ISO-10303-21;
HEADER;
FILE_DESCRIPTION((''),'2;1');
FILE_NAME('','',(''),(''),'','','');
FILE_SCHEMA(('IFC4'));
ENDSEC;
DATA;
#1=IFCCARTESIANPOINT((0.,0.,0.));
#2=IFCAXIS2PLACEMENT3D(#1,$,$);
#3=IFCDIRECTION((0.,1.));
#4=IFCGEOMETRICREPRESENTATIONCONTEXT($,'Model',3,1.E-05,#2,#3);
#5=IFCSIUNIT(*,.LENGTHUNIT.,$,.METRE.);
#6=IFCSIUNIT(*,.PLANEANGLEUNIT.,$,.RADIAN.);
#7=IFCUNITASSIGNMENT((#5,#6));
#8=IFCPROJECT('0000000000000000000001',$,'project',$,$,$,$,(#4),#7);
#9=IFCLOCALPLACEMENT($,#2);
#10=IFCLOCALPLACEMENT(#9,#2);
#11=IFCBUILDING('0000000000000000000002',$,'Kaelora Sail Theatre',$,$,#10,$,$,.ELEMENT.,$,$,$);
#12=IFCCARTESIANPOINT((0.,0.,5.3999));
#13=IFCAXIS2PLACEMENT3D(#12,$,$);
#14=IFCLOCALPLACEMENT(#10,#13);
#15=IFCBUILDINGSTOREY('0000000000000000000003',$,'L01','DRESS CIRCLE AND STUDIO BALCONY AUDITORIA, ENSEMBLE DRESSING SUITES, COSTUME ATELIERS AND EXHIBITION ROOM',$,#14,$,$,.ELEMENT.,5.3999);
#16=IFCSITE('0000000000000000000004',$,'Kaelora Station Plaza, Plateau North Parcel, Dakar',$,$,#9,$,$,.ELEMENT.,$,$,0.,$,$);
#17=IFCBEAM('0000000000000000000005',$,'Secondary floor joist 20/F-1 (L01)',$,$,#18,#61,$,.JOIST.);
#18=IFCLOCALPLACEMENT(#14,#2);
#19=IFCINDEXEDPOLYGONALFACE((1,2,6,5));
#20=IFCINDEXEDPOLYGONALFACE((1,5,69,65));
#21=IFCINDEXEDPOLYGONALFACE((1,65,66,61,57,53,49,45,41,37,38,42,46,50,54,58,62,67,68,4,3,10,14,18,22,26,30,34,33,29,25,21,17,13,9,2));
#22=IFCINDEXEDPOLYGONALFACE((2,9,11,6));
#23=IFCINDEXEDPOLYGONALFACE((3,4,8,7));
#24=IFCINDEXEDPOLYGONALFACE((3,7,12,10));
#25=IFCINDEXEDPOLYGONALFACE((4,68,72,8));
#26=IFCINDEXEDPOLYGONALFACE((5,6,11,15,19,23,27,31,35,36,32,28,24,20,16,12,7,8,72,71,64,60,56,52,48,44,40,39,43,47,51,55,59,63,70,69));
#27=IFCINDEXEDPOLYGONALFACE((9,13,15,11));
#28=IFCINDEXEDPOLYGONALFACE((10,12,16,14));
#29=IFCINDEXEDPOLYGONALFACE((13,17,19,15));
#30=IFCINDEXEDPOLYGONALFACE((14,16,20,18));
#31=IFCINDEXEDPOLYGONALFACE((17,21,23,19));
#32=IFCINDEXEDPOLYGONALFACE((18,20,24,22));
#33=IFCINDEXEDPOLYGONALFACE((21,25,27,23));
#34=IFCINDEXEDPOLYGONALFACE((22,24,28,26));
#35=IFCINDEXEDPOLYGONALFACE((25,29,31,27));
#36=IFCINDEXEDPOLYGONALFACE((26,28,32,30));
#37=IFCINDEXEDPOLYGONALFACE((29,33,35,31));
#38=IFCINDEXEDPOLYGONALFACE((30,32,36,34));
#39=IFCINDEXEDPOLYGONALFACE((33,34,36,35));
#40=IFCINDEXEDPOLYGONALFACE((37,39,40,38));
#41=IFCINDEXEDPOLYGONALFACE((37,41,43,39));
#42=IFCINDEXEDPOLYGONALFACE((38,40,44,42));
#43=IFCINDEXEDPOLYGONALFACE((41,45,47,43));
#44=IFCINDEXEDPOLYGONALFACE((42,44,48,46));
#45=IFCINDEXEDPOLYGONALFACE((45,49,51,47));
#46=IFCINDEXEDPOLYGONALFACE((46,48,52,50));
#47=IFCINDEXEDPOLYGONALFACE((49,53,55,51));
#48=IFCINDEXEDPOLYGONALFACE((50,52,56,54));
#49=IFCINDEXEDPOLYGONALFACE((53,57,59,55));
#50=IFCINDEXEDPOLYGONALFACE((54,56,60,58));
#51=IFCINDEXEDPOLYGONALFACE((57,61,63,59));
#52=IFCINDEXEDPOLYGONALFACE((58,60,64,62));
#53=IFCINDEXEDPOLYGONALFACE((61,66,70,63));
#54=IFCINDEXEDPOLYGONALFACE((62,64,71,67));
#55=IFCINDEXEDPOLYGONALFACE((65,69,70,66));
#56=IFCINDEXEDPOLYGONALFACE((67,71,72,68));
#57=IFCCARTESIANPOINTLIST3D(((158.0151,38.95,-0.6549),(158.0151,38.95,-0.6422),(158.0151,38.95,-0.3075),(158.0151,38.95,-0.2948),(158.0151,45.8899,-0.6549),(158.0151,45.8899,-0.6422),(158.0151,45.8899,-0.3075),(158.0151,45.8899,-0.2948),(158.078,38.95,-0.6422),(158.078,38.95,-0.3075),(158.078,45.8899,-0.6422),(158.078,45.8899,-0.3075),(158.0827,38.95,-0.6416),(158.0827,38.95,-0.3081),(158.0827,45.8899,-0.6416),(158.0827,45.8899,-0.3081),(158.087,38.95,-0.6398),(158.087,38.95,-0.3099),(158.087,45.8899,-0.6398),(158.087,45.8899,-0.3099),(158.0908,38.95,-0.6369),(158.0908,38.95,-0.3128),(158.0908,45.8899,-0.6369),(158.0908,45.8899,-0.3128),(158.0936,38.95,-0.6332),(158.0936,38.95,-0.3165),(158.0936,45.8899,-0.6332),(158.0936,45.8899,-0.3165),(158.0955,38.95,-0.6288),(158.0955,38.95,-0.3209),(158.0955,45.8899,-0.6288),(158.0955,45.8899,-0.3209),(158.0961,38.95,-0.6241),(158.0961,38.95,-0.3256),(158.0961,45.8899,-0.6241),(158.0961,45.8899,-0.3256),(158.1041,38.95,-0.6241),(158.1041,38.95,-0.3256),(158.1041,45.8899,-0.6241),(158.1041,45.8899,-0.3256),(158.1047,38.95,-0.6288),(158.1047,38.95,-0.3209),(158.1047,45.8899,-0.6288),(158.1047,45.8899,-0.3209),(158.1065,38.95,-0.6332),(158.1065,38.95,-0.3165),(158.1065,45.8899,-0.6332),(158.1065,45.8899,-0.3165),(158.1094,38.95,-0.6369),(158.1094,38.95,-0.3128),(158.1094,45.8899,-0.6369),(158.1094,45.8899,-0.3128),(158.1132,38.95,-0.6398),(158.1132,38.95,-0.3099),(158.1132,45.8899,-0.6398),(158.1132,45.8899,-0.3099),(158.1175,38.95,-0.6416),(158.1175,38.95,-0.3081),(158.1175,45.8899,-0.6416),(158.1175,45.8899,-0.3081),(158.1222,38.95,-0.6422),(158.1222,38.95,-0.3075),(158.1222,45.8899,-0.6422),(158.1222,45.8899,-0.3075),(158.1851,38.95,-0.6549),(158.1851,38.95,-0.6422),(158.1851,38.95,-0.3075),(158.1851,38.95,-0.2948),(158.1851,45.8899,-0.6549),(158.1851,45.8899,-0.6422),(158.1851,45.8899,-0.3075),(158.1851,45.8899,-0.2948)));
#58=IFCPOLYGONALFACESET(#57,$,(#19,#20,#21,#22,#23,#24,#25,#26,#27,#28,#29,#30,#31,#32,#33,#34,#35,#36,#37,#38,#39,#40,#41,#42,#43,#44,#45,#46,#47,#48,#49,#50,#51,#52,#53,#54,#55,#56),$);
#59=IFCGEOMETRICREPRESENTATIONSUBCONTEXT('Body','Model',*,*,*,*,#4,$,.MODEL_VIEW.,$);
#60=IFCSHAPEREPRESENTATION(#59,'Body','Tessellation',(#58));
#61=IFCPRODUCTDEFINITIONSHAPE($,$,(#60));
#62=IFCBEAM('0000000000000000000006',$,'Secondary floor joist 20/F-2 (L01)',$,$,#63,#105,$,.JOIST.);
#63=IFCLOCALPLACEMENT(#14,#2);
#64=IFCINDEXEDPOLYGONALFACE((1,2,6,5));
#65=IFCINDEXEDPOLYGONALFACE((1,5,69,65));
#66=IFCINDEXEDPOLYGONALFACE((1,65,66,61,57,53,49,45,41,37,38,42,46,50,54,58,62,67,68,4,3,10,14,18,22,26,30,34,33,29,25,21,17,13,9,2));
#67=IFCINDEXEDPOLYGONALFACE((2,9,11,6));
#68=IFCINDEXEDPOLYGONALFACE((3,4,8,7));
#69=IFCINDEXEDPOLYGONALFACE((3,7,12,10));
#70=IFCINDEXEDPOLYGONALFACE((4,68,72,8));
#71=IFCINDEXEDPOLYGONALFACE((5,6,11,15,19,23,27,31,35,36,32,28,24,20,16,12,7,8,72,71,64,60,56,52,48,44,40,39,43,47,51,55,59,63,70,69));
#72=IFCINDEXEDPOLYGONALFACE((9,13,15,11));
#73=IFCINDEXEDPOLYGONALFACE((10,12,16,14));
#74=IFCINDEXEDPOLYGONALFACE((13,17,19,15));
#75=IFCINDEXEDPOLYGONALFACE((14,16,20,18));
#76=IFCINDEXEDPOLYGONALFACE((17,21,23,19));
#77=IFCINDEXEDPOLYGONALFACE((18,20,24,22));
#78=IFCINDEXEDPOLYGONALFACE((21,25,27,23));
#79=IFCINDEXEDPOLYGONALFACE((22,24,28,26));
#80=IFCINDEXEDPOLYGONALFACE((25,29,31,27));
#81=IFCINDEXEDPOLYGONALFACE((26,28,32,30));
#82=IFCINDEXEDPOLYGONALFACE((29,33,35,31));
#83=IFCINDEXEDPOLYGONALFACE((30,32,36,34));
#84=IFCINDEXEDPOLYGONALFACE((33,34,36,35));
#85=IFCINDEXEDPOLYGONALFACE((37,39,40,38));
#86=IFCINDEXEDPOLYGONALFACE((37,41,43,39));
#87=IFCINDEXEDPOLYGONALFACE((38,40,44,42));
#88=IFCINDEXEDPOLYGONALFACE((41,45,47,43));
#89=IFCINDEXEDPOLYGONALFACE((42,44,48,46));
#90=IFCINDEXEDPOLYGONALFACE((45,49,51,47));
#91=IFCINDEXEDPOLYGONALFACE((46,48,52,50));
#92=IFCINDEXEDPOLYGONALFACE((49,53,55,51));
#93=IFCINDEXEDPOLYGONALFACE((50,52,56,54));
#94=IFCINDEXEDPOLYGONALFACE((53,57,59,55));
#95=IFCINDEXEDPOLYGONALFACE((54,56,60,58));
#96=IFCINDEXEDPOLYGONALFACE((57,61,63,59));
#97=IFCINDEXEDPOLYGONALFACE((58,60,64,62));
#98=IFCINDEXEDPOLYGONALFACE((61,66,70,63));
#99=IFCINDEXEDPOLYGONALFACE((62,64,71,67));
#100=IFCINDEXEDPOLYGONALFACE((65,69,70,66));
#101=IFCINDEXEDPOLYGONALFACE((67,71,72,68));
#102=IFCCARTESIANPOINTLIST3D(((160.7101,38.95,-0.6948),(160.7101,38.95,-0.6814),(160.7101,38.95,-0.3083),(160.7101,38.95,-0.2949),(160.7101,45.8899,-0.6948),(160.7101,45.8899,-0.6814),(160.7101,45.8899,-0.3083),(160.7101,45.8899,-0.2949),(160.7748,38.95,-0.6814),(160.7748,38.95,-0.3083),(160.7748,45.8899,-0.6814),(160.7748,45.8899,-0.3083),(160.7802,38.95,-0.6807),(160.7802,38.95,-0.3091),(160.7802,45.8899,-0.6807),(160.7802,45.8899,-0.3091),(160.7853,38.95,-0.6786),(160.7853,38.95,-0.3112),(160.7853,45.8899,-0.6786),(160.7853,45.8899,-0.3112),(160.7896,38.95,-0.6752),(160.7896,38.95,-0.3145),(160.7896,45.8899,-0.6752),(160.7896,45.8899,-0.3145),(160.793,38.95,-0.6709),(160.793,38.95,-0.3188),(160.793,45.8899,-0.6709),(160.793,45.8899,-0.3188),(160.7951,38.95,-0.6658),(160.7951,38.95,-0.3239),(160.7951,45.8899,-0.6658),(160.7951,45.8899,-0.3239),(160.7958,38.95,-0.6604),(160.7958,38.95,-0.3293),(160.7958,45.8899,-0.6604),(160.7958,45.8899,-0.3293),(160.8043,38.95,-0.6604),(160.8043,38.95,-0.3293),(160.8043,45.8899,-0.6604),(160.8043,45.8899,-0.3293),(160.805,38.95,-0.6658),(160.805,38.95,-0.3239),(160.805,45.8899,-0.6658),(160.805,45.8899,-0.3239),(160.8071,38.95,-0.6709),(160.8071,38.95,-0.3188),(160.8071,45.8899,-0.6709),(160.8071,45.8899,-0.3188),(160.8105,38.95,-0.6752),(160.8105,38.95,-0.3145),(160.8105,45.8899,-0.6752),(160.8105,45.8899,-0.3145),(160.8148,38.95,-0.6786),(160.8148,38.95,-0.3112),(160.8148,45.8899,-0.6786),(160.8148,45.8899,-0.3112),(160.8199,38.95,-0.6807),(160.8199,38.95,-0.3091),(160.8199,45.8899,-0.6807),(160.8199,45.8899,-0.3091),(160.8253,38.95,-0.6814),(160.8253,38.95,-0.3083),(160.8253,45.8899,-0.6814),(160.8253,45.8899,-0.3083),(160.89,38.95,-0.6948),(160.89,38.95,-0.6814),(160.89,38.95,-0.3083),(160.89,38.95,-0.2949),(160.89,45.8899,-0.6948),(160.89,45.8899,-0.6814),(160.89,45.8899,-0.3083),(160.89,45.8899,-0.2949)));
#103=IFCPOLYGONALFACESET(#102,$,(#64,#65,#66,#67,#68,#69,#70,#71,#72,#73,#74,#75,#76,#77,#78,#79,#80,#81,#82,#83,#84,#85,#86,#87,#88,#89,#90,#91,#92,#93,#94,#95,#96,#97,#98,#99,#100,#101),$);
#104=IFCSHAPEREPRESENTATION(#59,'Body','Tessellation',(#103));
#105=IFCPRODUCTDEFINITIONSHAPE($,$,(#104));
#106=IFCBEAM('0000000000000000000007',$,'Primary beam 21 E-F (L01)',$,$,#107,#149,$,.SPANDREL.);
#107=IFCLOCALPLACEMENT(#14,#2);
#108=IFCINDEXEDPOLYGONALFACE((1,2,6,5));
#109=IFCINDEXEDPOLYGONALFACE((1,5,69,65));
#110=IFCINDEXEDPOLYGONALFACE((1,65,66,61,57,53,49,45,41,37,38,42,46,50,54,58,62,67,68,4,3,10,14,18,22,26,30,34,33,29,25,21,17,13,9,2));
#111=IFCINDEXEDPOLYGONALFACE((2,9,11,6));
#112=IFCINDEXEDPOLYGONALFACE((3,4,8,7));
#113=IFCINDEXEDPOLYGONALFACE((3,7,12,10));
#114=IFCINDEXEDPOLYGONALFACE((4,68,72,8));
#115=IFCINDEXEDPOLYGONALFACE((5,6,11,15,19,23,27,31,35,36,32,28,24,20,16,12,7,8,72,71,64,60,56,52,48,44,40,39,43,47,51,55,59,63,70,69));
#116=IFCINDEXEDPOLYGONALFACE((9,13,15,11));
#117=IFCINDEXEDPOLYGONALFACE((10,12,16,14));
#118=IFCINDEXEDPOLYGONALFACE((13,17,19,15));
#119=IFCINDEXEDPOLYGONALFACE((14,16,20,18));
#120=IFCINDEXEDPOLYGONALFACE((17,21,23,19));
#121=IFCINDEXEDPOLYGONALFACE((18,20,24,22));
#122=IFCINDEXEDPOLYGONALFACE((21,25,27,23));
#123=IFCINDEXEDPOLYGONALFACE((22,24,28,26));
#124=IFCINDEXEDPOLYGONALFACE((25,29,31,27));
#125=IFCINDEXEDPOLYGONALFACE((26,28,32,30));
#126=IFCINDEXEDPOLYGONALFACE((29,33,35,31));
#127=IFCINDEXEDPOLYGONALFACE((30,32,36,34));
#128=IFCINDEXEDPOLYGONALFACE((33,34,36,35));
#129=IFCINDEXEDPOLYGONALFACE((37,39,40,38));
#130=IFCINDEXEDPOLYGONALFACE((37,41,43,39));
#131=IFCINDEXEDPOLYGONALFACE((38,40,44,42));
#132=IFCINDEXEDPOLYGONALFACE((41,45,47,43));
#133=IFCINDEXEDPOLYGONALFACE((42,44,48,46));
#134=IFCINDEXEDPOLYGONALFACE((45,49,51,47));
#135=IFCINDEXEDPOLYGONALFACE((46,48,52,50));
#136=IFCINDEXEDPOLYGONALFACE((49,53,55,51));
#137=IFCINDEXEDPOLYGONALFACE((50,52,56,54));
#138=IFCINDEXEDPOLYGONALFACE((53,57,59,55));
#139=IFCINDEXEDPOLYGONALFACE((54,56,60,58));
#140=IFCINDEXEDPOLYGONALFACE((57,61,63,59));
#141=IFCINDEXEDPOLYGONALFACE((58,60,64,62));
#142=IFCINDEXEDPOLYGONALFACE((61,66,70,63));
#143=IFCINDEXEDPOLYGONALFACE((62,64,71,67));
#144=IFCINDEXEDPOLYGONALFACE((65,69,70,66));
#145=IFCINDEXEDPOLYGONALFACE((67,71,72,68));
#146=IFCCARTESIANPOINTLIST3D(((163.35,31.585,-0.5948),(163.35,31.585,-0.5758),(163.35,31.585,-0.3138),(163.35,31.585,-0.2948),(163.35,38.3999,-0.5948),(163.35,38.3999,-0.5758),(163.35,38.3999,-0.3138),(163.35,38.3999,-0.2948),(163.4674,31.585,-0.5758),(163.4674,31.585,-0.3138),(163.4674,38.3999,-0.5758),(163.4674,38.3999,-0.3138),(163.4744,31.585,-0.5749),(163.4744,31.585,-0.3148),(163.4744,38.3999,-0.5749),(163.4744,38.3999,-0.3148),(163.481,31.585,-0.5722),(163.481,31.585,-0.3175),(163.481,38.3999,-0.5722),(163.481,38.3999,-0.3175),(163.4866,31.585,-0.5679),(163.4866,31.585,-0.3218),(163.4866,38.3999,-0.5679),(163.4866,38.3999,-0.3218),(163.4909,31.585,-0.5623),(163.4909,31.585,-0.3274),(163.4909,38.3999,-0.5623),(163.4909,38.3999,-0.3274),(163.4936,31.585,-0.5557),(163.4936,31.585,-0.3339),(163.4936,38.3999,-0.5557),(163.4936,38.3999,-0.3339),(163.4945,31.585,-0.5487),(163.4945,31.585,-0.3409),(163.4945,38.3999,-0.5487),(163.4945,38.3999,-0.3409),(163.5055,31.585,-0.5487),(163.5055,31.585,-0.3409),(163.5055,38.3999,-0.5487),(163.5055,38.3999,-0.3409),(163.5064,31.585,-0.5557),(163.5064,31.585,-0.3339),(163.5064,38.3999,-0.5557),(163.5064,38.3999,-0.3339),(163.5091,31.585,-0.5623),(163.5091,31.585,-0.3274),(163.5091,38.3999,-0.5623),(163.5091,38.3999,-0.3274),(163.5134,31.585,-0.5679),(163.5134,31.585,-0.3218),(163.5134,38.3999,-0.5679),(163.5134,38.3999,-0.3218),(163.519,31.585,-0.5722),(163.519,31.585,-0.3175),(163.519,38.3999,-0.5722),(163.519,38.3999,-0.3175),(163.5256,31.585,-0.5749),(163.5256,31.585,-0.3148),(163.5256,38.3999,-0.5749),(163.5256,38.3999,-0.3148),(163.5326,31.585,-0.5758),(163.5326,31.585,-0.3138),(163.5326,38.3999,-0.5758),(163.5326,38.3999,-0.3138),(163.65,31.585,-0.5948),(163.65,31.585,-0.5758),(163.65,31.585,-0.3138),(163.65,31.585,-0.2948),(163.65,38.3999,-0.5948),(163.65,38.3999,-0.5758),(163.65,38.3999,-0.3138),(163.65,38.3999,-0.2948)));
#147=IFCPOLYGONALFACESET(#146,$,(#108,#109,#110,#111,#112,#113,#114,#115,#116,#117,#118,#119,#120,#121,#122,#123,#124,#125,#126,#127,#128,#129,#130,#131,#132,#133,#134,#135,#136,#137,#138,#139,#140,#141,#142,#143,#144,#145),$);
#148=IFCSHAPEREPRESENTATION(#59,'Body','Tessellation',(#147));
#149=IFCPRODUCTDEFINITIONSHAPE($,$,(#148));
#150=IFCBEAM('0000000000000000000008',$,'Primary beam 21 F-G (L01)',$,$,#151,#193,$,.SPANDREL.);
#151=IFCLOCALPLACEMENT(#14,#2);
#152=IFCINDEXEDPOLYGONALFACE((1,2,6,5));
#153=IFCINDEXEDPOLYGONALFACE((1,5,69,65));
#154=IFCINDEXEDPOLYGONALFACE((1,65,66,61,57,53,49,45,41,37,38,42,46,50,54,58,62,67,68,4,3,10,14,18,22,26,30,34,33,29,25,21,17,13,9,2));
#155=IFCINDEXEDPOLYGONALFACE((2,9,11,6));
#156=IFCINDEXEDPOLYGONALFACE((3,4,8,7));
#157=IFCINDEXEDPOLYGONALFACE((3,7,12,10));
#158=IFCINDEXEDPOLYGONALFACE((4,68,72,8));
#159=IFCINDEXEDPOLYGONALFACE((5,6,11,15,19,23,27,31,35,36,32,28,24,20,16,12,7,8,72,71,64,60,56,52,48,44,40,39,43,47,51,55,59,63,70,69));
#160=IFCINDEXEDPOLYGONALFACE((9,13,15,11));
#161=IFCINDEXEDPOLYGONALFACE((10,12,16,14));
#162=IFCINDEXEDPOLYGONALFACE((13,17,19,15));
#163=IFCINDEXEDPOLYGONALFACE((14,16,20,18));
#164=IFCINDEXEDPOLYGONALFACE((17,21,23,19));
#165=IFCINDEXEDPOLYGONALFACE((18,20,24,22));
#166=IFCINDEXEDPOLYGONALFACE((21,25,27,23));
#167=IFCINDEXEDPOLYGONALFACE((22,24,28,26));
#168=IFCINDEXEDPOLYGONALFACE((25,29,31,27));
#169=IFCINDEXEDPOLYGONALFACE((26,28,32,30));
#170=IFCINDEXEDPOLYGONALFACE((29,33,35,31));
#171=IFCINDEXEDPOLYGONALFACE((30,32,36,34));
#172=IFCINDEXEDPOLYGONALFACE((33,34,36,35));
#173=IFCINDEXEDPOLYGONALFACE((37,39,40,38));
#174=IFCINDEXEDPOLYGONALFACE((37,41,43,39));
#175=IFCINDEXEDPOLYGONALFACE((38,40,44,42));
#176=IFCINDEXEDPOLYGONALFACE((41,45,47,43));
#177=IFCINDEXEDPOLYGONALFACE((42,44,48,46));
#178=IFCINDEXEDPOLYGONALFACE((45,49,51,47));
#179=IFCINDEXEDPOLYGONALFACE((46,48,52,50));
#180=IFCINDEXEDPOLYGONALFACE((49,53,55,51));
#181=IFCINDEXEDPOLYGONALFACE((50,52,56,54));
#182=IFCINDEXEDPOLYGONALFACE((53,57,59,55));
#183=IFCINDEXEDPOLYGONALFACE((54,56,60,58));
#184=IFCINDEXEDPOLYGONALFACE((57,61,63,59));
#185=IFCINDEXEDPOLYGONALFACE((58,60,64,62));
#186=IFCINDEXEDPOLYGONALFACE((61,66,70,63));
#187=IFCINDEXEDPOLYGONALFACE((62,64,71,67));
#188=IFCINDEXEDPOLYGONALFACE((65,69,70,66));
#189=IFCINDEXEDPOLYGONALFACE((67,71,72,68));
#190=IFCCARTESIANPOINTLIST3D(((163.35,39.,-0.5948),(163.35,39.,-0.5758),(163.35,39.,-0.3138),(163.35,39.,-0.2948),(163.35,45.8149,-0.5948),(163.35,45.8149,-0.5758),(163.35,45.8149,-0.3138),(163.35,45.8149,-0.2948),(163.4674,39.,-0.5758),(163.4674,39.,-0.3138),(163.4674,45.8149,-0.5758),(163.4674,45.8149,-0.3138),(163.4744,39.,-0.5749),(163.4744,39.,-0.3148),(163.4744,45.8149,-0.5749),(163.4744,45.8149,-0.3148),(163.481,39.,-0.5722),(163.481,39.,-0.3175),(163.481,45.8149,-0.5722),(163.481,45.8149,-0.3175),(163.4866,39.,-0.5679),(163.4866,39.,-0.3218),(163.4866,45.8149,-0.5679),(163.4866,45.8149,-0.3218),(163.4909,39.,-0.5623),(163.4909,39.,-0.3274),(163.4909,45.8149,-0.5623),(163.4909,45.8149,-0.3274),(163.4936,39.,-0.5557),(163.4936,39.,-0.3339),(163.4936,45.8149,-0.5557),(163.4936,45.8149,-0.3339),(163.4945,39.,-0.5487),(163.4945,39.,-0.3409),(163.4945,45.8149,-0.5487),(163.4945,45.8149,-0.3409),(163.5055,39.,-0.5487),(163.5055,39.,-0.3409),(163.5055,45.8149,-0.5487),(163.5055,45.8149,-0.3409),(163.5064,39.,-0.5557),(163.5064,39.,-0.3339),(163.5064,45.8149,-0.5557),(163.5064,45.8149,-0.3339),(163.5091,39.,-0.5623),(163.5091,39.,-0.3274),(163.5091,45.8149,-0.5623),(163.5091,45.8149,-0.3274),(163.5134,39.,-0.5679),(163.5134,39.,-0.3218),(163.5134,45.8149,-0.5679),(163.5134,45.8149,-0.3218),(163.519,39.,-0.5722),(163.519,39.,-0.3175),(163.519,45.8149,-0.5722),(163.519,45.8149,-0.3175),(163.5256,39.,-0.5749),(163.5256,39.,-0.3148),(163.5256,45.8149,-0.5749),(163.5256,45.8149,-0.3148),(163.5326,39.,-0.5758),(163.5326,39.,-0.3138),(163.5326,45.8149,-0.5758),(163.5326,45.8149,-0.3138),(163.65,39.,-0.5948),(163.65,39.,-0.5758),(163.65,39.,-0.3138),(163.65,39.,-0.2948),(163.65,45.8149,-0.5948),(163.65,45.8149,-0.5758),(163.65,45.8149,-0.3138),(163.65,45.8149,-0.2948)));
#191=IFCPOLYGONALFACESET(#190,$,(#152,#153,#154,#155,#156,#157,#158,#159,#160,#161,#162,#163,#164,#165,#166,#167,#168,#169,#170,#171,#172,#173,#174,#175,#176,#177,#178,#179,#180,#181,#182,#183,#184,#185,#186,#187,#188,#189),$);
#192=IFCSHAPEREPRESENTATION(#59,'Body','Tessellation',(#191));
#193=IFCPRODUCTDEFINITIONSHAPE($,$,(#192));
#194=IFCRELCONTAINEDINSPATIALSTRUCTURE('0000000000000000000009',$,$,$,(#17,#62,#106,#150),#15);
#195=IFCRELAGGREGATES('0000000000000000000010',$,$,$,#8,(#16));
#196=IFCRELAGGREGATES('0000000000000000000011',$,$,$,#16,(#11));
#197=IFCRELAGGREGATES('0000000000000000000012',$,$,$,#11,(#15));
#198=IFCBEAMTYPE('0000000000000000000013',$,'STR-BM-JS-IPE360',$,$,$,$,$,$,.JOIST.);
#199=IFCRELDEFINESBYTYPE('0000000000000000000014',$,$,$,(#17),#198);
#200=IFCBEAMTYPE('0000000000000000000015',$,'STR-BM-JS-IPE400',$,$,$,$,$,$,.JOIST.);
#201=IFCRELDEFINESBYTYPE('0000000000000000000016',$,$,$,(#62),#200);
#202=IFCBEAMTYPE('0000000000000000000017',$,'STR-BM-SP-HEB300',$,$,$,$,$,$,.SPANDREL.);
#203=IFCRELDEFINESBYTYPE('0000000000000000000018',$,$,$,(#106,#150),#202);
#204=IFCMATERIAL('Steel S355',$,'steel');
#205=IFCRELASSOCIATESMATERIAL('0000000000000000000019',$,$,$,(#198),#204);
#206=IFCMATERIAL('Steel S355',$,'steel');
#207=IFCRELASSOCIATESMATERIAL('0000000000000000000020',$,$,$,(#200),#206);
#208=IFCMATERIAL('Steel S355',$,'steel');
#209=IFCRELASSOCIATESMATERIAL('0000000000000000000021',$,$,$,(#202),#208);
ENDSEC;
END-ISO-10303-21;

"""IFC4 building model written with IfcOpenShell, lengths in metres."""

from ifc_helpers import new_model, si_unit, direction, frame, origin, origin_2d, place, context, subcontext, project, spatial, i_section, extrude, material, material_profile, profile_set, type_object, element, save


model = new_model("IFC4")

# Units and contexts
model_context = context("Model", 3, precision=1e-05, world=origin(), true_north=direction((0.0, 1.0)))
body_context = subcontext(model_context, "Body", "Model", "MODEL_VIEW")
ifc_project = project(units=[si_unit("LENGTHUNIT", "METRE"), si_unit("PLANEANGLEUNIT", "RADIAN")], contexts=[model_context])

# Site, building, storey
site_placement = place(None, origin())
site = spatial("IfcSite", under=ifc_project, at=site_placement, Name="Kaelora Station Plaza, Plateau North Parcel, Dakar", CompositionType="ELEMENT", RefElevation=0.0)
building_placement = place(site_placement, origin())
building = spatial("IfcBuilding", under=site, at=building_placement, Name="Kaelora Sail Theatre", CompositionType="ELEMENT")
storey_placement = place(building_placement, frame((0.0, 0.0, 5.3999)))
storey = spatial("IfcBuildingStorey", under=building, at=storey_placement, Name="L01", Description="DRESS CIRCLE AND STUDIO BALCONY AUDITORIA, ENSEMBLE DRESSING SUITES, COSTUME ATELIERS AND EXHIBITION ROOM", CompositionType="ELEMENT", Elevation=5.3999)

# Beams
ifc_material_1 = material(Name="Steel S355", Category="steel")
ifc_material_profile_1 = material_profile(ifc_material_1, i_section(OverallWidth=0.1699, OverallDepth=0.3601, WebThickness=0.0081, FlangeThickness=0.0127, FilletRadius=0.0181, at=origin_2d()), Name="IPE 360")
ifc_profile_set_1 = profile_set([ifc_material_profile_1], Name="Steel S355")
beam_type_1 = type_object("IfcBeamType", Name="STR-BM-JS-IPE360", PredefinedType="JOIST", material=ifc_profile_set_1)
for number, where, z_axis, x_axis, name in (
    (1, (158.1001, 38.95, -0.4749), (0.0, 1.0, 0.0), (-1.0, 0.0, 0.0), "Secondary floor joist 20/F-1 (L01)"),
):
    element("IfcBeam", number, at=place(storey_placement, frame(where, z_axis=z_axis, x_axis=x_axis)), inside=storey, type_object=beam_type_1, Name=name, PredefinedType="JOIST", context=body_context, shape_type="SweptSolid", body=[
        extrude(i_section(OverallWidth=0.1699, OverallDepth=0.3601, WebThickness=0.0081, FlangeThickness=0.0127, FilletRadius=0.0181, at=origin_2d()), origin(), (0.0, 0.0, 1.0), 6.9399),
    ])
ifc_material_2 = material(Name="Steel S355", Category="steel")
ifc_material_profile_2 = material_profile(ifc_material_2, i_section(OverallWidth=0.1799, OverallDepth=0.3999, WebThickness=0.0085, FlangeThickness=0.0134, FilletRadius=0.021, at=origin_2d()), Name="IPE 400")
ifc_profile_set_2 = profile_set([ifc_material_profile_2], Name="Steel S355")
beam_type_2 = type_object("IfcBeamType", Name="STR-BM-JS-IPE400", PredefinedType="JOIST", material=ifc_profile_set_2)
beam_1_placement = place(storey_placement, frame((160.8, 38.95, -0.4949), z_axis=(0.0, 1.0, 0.0), x_axis=(-1.0, 0.0, 0.0)))
element("IfcBeam", 2, at=beam_1_placement, inside=storey, type_object=beam_type_2, Name="Secondary floor joist 20/F-2 (L01)", PredefinedType="JOIST", context=body_context, shape_type="SweptSolid", body=[
    extrude(i_section(OverallWidth=0.1799, OverallDepth=0.3999, WebThickness=0.0085, FlangeThickness=0.0134, FilletRadius=0.021, at=origin_2d()), origin(), (0.0, 0.0, 1.0), 6.9399),
])
ifc_material_3 = material(Name="Steel S355", Category="steel")
ifc_material_profile_3 = material_profile(ifc_material_3, i_section(OverallWidth=0.3, OverallDepth=0.3, WebThickness=0.011, FlangeThickness=0.019, FilletRadius=0.0271, at=origin_2d()), Name="HEB 300")
ifc_profile_set_3 = profile_set([ifc_material_profile_3], Name="Steel S355")
beam_type_3 = type_object("IfcBeamType", Name="STR-BM-SP-HEB300", PredefinedType="SPANDREL", material=ifc_profile_set_3)
for number, where, z_axis, x_axis, name in (
    (3, (163.5, 31.585, -0.4448), (0.0, 1.0, 0.0), (-1.0, 0.0, 0.0), "Primary beam 21 E-F (L01)"),
    (4, (163.5, 39.0, -0.4448), (0.0, 1.0, 0.0), (-1.0, 0.0, 0.0), "Primary beam 21 F-G (L01)"),
):
    element("IfcBeam", number, at=place(storey_placement, frame(where, z_axis=z_axis, x_axis=x_axis)), inside=storey, type_object=beam_type_3, Name=name, PredefinedType="SPANDREL", context=body_context, shape_type="SweptSolid", body=[
        extrude(i_section(OverallWidth=0.3, OverallDepth=0.3, WebThickness=0.011, FlangeThickness=0.019, FilletRadius=0.0271, at=origin_2d()), origin(), (0.0, 0.0, 1.0), 6.8149),
    ])

save(model, "model.ifc")
